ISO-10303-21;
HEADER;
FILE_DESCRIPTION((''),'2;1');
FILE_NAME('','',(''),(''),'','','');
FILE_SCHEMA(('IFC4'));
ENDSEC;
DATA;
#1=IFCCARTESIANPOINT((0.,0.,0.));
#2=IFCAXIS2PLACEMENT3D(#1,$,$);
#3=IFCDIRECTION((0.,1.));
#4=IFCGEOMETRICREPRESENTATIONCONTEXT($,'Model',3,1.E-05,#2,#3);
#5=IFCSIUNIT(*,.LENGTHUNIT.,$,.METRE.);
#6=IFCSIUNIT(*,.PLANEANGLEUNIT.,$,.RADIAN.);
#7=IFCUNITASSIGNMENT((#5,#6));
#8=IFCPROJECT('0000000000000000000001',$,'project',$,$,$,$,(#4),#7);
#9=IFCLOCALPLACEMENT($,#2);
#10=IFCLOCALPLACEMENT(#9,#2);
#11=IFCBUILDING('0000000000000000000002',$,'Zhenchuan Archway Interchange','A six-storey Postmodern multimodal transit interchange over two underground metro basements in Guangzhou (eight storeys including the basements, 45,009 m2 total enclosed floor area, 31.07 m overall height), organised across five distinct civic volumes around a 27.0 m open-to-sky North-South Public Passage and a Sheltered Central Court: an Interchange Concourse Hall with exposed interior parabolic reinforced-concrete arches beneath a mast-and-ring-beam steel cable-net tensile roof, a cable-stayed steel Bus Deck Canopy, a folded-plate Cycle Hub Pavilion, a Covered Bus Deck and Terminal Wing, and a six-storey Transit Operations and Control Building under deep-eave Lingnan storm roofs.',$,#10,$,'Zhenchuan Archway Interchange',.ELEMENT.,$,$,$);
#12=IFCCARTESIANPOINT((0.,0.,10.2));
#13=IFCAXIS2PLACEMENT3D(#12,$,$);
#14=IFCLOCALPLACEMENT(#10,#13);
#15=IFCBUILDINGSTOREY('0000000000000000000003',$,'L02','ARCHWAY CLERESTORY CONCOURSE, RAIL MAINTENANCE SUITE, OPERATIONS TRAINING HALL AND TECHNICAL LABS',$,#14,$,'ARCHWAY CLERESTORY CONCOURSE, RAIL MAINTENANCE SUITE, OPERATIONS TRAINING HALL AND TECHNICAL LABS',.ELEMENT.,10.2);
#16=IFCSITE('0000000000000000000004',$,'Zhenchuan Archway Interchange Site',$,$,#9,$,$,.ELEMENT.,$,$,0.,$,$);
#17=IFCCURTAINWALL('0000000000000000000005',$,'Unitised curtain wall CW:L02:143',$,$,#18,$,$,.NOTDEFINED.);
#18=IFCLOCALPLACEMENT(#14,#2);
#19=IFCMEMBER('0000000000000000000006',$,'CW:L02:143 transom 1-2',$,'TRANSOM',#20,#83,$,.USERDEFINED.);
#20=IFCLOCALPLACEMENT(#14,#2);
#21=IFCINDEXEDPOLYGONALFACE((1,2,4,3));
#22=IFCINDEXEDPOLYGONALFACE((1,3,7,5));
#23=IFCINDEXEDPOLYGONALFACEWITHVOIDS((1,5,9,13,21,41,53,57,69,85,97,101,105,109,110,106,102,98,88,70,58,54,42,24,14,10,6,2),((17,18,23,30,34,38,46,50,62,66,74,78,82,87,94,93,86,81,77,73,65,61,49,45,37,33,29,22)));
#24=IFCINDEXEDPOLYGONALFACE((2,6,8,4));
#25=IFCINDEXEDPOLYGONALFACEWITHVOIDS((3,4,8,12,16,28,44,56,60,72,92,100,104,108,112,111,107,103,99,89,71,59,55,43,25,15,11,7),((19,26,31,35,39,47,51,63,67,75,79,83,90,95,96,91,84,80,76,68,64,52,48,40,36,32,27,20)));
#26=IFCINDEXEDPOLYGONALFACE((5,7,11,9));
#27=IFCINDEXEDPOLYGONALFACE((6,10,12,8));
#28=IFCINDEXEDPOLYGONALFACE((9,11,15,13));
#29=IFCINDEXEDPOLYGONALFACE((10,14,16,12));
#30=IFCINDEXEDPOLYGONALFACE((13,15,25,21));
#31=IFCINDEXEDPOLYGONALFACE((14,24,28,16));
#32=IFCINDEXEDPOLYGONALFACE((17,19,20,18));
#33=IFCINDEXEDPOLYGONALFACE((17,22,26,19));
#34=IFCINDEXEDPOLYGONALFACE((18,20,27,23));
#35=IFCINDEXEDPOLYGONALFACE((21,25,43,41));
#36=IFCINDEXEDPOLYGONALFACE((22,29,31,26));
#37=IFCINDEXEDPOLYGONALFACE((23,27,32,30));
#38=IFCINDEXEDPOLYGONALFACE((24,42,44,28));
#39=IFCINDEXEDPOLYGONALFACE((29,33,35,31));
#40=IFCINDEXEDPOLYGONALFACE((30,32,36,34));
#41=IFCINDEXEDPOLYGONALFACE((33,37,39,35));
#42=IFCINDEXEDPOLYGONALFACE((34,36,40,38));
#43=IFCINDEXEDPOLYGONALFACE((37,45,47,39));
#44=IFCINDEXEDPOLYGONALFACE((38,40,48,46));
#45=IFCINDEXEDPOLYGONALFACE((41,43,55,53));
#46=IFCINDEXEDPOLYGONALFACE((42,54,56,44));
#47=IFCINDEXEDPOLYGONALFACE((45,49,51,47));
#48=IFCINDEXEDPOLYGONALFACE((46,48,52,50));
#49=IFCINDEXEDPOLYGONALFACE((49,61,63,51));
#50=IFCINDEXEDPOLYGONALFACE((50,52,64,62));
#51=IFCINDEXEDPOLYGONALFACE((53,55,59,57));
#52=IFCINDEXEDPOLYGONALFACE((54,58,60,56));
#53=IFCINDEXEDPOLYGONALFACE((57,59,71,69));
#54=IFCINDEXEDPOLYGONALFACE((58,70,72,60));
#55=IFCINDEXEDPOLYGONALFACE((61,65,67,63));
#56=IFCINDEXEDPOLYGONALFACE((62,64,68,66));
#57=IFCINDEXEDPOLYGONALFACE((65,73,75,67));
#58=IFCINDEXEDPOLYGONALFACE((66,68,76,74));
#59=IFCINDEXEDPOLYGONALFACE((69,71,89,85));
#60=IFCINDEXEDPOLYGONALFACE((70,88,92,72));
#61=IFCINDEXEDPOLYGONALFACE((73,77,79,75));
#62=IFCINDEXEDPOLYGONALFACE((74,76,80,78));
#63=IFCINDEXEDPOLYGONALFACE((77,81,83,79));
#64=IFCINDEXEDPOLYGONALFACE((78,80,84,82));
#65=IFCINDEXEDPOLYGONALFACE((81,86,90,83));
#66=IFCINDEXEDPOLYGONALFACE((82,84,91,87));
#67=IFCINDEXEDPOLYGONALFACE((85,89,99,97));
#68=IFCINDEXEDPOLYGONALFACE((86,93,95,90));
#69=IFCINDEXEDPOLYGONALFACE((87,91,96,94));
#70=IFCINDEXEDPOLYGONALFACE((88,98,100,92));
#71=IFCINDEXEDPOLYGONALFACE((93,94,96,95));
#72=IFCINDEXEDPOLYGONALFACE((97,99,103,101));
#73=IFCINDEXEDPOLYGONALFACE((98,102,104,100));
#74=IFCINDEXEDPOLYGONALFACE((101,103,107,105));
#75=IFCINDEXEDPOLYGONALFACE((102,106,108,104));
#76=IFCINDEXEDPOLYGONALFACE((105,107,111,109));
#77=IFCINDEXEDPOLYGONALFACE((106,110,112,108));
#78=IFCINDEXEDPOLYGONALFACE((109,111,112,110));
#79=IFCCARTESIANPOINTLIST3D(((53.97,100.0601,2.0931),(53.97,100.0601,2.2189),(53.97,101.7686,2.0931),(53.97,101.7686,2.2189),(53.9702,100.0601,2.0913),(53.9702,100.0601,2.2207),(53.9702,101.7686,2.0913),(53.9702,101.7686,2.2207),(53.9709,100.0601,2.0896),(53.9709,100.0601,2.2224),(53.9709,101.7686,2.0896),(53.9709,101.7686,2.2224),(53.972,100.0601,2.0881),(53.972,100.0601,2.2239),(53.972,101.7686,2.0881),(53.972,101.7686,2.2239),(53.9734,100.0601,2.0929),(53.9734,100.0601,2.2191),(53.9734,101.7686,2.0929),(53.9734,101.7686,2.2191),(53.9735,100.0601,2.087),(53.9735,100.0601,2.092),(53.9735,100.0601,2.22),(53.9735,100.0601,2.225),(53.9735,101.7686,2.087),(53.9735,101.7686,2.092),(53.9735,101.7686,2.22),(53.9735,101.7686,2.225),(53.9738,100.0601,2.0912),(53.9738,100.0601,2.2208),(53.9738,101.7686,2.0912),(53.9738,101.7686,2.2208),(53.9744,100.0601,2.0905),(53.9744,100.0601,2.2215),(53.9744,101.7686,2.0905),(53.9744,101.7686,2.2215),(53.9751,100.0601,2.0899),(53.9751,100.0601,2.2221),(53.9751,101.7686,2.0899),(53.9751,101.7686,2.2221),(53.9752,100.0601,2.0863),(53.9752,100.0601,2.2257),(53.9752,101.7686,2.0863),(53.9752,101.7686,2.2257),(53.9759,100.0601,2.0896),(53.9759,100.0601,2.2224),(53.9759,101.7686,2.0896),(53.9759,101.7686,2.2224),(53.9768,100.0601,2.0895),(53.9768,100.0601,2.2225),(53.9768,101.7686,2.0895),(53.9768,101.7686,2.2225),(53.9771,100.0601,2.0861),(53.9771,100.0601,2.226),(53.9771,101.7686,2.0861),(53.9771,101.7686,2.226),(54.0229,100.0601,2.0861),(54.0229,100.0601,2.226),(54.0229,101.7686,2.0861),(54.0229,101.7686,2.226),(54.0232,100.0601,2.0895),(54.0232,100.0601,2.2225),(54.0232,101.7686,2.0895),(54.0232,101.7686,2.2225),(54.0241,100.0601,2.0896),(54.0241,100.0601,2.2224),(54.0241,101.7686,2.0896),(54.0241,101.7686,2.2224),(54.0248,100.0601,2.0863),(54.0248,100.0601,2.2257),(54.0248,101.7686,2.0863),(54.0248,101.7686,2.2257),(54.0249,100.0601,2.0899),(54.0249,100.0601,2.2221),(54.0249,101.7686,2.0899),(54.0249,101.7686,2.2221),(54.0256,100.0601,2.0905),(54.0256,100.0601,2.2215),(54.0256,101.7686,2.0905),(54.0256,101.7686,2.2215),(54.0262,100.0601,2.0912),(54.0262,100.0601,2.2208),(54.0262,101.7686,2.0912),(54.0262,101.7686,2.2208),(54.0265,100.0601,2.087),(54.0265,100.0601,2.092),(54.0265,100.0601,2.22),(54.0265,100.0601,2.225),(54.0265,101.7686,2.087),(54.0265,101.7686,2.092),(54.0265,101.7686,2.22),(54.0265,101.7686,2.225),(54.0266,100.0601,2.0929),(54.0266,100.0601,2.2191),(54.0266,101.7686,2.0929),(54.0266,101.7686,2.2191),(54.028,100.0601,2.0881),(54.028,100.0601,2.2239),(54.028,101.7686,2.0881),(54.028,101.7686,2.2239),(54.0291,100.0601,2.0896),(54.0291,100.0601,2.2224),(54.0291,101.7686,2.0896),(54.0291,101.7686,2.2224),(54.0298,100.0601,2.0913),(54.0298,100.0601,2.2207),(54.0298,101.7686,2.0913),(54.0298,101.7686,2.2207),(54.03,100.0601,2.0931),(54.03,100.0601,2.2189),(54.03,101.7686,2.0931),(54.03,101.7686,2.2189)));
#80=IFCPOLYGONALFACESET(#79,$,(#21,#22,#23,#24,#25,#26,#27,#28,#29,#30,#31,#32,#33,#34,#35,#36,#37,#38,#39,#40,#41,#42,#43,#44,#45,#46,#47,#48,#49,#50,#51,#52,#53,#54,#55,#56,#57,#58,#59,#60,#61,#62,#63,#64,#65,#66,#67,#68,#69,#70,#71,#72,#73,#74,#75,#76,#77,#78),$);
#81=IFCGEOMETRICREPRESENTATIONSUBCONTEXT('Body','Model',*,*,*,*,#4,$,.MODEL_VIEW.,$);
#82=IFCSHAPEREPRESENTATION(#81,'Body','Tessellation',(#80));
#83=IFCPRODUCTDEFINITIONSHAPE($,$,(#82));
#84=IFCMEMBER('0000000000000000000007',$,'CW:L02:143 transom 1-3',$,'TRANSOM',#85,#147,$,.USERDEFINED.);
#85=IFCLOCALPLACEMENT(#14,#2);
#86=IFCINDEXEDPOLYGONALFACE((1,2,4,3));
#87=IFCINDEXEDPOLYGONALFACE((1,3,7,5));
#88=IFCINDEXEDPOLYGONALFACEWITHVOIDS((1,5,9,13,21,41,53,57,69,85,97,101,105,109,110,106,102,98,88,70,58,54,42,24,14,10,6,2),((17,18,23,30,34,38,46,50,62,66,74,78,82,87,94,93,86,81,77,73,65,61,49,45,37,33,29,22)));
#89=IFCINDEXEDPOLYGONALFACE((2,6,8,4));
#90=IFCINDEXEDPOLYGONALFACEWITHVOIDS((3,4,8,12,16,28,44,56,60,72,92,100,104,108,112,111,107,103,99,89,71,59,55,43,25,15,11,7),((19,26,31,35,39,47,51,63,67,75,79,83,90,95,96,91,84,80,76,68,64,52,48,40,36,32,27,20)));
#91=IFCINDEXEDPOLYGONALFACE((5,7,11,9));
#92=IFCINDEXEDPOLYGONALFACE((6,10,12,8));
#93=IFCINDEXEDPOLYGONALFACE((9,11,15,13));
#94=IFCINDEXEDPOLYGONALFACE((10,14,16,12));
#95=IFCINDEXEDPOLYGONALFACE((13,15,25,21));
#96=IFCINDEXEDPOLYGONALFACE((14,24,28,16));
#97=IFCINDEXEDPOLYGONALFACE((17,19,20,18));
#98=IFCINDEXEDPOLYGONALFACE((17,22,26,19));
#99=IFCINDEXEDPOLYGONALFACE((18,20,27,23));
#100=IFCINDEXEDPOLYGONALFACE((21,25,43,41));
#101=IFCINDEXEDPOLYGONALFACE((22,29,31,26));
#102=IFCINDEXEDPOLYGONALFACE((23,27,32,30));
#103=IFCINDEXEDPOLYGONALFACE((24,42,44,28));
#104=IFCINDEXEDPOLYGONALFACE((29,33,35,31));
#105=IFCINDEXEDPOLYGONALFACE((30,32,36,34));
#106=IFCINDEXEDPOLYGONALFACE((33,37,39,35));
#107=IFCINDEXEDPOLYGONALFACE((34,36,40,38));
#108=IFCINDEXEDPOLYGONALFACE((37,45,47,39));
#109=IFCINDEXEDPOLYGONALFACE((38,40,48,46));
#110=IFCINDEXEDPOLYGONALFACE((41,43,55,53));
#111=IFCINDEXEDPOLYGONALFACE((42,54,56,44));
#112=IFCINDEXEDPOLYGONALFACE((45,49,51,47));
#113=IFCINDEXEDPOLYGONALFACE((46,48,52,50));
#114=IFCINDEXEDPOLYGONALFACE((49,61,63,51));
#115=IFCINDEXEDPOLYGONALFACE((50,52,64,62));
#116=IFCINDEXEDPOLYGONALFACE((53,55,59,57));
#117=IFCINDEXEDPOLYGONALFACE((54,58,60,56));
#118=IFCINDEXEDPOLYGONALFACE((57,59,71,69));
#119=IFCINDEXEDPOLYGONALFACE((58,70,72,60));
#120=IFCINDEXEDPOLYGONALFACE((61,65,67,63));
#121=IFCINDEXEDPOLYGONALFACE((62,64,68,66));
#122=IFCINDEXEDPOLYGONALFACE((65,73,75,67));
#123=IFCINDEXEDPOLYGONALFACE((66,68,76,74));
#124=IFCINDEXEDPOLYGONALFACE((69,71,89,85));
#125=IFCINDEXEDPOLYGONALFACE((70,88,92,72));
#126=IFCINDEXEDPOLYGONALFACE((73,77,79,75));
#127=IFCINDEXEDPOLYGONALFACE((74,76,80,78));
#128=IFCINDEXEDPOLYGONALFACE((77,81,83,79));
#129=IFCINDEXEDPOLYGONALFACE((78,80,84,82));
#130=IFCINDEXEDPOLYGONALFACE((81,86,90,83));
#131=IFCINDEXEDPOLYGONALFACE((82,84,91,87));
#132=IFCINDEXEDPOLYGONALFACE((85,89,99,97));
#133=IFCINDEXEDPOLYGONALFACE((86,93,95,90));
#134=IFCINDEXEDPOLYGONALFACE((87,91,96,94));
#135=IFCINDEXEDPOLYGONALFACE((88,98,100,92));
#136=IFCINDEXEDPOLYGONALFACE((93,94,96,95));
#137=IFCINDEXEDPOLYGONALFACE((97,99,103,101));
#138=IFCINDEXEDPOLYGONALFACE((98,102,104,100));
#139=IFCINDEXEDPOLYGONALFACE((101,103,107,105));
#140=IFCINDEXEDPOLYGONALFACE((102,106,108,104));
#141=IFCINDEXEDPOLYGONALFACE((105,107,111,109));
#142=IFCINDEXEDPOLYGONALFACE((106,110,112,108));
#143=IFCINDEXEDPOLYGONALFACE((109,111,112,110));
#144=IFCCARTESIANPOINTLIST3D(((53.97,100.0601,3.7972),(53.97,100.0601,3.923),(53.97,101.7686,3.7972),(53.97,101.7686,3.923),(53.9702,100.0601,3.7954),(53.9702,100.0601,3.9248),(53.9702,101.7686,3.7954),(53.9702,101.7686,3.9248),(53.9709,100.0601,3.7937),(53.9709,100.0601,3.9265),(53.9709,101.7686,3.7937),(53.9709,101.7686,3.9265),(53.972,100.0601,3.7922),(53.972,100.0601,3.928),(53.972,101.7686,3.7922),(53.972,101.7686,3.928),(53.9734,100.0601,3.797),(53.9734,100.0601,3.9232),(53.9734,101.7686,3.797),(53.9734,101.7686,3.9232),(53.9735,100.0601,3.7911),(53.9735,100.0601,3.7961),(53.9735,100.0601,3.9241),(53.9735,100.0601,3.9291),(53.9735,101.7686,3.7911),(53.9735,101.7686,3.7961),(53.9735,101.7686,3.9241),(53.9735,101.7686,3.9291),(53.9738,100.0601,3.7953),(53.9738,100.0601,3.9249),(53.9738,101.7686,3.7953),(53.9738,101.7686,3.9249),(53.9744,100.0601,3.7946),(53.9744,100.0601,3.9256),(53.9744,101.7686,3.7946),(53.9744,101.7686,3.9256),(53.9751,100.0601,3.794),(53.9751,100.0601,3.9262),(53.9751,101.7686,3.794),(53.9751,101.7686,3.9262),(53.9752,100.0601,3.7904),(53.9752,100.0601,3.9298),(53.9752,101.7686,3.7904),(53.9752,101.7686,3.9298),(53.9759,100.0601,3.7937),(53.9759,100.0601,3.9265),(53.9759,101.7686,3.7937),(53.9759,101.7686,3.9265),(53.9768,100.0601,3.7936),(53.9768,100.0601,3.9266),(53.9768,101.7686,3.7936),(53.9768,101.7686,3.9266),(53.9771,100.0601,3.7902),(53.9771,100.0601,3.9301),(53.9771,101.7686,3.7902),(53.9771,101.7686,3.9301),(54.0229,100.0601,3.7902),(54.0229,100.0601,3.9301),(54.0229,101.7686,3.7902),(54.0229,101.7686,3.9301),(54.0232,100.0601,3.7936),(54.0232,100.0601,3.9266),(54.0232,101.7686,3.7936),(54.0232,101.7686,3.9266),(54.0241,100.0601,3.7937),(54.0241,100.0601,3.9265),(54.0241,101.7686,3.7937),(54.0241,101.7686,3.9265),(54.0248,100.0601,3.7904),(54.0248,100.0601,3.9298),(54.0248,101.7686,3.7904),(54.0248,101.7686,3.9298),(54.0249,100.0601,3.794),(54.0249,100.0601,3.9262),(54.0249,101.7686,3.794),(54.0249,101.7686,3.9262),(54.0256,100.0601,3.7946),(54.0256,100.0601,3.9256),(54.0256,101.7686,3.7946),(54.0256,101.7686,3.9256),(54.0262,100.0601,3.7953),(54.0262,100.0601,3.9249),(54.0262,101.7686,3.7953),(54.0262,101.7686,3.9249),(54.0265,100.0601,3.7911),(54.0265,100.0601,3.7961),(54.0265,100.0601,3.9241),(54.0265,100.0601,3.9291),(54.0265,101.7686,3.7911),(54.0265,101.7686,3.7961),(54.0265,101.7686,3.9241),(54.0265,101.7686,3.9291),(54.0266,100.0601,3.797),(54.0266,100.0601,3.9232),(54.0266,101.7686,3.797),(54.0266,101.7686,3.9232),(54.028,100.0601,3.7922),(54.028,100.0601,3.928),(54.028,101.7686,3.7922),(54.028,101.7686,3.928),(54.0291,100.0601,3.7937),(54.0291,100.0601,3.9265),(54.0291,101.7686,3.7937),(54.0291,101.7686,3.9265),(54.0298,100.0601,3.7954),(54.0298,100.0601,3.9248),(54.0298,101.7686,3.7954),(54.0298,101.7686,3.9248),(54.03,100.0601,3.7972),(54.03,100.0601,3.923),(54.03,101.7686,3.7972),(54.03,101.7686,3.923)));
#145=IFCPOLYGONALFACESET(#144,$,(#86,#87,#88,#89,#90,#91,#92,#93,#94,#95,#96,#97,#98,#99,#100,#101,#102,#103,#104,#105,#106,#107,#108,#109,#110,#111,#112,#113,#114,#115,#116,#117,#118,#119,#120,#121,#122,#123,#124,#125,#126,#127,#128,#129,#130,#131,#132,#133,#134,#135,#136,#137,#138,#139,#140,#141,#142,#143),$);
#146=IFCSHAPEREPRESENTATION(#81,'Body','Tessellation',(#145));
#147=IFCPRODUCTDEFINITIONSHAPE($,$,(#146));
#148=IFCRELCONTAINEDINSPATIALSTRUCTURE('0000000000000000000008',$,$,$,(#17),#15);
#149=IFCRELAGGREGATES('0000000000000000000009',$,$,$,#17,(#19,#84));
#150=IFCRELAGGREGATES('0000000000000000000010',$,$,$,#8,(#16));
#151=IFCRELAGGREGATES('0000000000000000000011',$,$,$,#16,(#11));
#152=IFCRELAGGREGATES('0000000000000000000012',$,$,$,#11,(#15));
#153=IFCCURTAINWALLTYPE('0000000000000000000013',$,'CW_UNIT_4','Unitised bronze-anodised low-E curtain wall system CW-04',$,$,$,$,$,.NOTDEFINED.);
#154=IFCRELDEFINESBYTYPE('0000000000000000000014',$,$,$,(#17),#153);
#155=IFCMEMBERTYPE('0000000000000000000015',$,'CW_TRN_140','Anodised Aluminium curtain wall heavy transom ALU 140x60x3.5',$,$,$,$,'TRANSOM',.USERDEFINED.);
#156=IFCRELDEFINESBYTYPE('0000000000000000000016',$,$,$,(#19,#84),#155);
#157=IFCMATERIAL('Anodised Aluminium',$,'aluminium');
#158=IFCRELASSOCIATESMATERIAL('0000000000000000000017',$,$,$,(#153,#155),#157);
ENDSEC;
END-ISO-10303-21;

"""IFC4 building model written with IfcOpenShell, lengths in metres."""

from ifc_helpers import new_model, si_unit, direction, frame, origin, origin_2d, place, context, subcontext, project, spatial, hollow_rectangle, extrude, material, material_profile, profile_set, type_object, element, aggregate, save


model = new_model("IFC4")

# Units and contexts
model_context = context("Model", 3, precision=1e-05, world=origin(), true_north=direction((0.0, 1.0)))
body_context = subcontext(model_context, "Body", "Model", "MODEL_VIEW")
ifc_project = project(units=[si_unit("LENGTHUNIT", "METRE"), si_unit("PLANEANGLEUNIT", "RADIAN")], contexts=[model_context])

# Site, building, storey
site_placement = place(None, origin())
site = spatial("IfcSite", under=ifc_project, at=site_placement, Name="Zhenchuan Archway Interchange Site", CompositionType="ELEMENT", RefElevation=0.0)
building_placement = place(site_placement, origin())
building = spatial("IfcBuilding", under=site, at=building_placement, Name="Zhenchuan Archway Interchange", Description="A six-storey Postmodern multimodal transit interchange over two underground metro basements in Guangzhou (eight storeys including the basements, 45,009 m2 total enclosed floor area, 31.07 m overall height), organised across five distinct civic volumes around a 27.0 m open-to-sky North-South Public Passage and a Sheltered Central Court: an Interchange Concourse Hall with exposed interior parabolic reinforced-concrete arches beneath a mast-and-ring-beam steel cable-net tensile roof, a cable-stayed steel Bus Deck Canopy, a folded-plate Cycle Hub Pavilion, a Covered Bus Deck and Terminal Wing, and a six-storey Transit Operations and Control Building under deep-eave Lingnan storm roofs.", LongName="Zhenchuan Archway Interchange", CompositionType="ELEMENT")
storey_placement = place(building_placement, frame((0.0, 0.0, 10.2)))
storey = spatial("IfcBuildingStorey", under=building, at=storey_placement, Name="L02", Description="ARCHWAY CLERESTORY CONCOURSE, RAIL MAINTENANCE SUITE, OPERATIONS TRAINING HALL AND TECHNICAL LABS", LongName="ARCHWAY CLERESTORY CONCOURSE, RAIL MAINTENANCE SUITE, OPERATIONS TRAINING HALL AND TECHNICAL LABS", CompositionType="ELEMENT", Elevation=10.2)

# Curtain wall, members
ifc_material_1 = material(Name="Anodised Aluminium", Category="aluminium")
curtain_wall_type = type_object("IfcCurtainWallType", Name="CW_UNIT_4", Description="Unitised bronze-anodised low-E curtain wall system CW-04", PredefinedType="NOTDEFINED", material=ifc_material_1)
curtain_wall_placement = place(storey_placement, origin())
curtain_wall = element("IfcCurtainWall", 1, at=curtain_wall_placement, inside=storey, type_object=curtain_wall_type, Name="Unitised curtain wall CW:L02:143", PredefinedType="NOTDEFINED")
ifc_material_profile_1 = material_profile(ifc_material_1, hollow_rectangle(XDim=0.0601, YDim=0.1399, WallThickness=0.0034, InnerFilletRadius=0.0034, OuterFilletRadius=0.0071, at=origin_2d()), Name="ALU 140x60x3.5")
ifc_profile_set_1 = profile_set([ifc_material_profile_1], Name="Anodised Aluminium")
member_type_1 = type_object("IfcMemberType", Name="CW_TRN_140", Description="Anodised Aluminium curtain wall heavy transom ALU 140x60x3.5", ElementType="TRANSOM", PredefinedType="USERDEFINED", material=ifc_profile_set_1)
member_1_placement = place(storey_placement, frame((54.0, 101.7686, 2.156), z_axis=(0.0, -1.0, 0.0), x_axis=(1.0, 0.0, 0.0)))
member_1 = element("IfcMember", 2, at=member_1_placement, type_object=member_type_1, Name="CW:L02:143 transom 1-2", ObjectType="TRANSOM", PredefinedType="USERDEFINED", context=body_context, shape_type="SweptSolid", body=[
    extrude(hollow_rectangle(XDim=0.0601, YDim=0.1399, WallThickness=0.0034, InnerFilletRadius=0.0034, OuterFilletRadius=0.0071, at=origin_2d()), origin(), (0.0, 0.0, 1.0), 1.7085),
])
member_2_placement = place(storey_placement, frame((54.0, 101.7686, 3.8601), z_axis=(0.0, -1.0, 0.0), x_axis=(1.0, 0.0, 0.0)))
member_2 = element("IfcMember", 3, at=member_2_placement, type_object=member_type_1, Name="CW:L02:143 transom 1-3", ObjectType="TRANSOM", PredefinedType="USERDEFINED", context=body_context, shape_type="SweptSolid", body=[
    extrude(hollow_rectangle(XDim=0.0601, YDim=0.1399, WallThickness=0.0034, InnerFilletRadius=0.0034, OuterFilletRadius=0.0071, at=origin_2d()), origin(), (0.0, 0.0, 1.0), 1.7085),
])
aggregate(curtain_wall, [member_1, member_2])

save(model, "model.ifc")
